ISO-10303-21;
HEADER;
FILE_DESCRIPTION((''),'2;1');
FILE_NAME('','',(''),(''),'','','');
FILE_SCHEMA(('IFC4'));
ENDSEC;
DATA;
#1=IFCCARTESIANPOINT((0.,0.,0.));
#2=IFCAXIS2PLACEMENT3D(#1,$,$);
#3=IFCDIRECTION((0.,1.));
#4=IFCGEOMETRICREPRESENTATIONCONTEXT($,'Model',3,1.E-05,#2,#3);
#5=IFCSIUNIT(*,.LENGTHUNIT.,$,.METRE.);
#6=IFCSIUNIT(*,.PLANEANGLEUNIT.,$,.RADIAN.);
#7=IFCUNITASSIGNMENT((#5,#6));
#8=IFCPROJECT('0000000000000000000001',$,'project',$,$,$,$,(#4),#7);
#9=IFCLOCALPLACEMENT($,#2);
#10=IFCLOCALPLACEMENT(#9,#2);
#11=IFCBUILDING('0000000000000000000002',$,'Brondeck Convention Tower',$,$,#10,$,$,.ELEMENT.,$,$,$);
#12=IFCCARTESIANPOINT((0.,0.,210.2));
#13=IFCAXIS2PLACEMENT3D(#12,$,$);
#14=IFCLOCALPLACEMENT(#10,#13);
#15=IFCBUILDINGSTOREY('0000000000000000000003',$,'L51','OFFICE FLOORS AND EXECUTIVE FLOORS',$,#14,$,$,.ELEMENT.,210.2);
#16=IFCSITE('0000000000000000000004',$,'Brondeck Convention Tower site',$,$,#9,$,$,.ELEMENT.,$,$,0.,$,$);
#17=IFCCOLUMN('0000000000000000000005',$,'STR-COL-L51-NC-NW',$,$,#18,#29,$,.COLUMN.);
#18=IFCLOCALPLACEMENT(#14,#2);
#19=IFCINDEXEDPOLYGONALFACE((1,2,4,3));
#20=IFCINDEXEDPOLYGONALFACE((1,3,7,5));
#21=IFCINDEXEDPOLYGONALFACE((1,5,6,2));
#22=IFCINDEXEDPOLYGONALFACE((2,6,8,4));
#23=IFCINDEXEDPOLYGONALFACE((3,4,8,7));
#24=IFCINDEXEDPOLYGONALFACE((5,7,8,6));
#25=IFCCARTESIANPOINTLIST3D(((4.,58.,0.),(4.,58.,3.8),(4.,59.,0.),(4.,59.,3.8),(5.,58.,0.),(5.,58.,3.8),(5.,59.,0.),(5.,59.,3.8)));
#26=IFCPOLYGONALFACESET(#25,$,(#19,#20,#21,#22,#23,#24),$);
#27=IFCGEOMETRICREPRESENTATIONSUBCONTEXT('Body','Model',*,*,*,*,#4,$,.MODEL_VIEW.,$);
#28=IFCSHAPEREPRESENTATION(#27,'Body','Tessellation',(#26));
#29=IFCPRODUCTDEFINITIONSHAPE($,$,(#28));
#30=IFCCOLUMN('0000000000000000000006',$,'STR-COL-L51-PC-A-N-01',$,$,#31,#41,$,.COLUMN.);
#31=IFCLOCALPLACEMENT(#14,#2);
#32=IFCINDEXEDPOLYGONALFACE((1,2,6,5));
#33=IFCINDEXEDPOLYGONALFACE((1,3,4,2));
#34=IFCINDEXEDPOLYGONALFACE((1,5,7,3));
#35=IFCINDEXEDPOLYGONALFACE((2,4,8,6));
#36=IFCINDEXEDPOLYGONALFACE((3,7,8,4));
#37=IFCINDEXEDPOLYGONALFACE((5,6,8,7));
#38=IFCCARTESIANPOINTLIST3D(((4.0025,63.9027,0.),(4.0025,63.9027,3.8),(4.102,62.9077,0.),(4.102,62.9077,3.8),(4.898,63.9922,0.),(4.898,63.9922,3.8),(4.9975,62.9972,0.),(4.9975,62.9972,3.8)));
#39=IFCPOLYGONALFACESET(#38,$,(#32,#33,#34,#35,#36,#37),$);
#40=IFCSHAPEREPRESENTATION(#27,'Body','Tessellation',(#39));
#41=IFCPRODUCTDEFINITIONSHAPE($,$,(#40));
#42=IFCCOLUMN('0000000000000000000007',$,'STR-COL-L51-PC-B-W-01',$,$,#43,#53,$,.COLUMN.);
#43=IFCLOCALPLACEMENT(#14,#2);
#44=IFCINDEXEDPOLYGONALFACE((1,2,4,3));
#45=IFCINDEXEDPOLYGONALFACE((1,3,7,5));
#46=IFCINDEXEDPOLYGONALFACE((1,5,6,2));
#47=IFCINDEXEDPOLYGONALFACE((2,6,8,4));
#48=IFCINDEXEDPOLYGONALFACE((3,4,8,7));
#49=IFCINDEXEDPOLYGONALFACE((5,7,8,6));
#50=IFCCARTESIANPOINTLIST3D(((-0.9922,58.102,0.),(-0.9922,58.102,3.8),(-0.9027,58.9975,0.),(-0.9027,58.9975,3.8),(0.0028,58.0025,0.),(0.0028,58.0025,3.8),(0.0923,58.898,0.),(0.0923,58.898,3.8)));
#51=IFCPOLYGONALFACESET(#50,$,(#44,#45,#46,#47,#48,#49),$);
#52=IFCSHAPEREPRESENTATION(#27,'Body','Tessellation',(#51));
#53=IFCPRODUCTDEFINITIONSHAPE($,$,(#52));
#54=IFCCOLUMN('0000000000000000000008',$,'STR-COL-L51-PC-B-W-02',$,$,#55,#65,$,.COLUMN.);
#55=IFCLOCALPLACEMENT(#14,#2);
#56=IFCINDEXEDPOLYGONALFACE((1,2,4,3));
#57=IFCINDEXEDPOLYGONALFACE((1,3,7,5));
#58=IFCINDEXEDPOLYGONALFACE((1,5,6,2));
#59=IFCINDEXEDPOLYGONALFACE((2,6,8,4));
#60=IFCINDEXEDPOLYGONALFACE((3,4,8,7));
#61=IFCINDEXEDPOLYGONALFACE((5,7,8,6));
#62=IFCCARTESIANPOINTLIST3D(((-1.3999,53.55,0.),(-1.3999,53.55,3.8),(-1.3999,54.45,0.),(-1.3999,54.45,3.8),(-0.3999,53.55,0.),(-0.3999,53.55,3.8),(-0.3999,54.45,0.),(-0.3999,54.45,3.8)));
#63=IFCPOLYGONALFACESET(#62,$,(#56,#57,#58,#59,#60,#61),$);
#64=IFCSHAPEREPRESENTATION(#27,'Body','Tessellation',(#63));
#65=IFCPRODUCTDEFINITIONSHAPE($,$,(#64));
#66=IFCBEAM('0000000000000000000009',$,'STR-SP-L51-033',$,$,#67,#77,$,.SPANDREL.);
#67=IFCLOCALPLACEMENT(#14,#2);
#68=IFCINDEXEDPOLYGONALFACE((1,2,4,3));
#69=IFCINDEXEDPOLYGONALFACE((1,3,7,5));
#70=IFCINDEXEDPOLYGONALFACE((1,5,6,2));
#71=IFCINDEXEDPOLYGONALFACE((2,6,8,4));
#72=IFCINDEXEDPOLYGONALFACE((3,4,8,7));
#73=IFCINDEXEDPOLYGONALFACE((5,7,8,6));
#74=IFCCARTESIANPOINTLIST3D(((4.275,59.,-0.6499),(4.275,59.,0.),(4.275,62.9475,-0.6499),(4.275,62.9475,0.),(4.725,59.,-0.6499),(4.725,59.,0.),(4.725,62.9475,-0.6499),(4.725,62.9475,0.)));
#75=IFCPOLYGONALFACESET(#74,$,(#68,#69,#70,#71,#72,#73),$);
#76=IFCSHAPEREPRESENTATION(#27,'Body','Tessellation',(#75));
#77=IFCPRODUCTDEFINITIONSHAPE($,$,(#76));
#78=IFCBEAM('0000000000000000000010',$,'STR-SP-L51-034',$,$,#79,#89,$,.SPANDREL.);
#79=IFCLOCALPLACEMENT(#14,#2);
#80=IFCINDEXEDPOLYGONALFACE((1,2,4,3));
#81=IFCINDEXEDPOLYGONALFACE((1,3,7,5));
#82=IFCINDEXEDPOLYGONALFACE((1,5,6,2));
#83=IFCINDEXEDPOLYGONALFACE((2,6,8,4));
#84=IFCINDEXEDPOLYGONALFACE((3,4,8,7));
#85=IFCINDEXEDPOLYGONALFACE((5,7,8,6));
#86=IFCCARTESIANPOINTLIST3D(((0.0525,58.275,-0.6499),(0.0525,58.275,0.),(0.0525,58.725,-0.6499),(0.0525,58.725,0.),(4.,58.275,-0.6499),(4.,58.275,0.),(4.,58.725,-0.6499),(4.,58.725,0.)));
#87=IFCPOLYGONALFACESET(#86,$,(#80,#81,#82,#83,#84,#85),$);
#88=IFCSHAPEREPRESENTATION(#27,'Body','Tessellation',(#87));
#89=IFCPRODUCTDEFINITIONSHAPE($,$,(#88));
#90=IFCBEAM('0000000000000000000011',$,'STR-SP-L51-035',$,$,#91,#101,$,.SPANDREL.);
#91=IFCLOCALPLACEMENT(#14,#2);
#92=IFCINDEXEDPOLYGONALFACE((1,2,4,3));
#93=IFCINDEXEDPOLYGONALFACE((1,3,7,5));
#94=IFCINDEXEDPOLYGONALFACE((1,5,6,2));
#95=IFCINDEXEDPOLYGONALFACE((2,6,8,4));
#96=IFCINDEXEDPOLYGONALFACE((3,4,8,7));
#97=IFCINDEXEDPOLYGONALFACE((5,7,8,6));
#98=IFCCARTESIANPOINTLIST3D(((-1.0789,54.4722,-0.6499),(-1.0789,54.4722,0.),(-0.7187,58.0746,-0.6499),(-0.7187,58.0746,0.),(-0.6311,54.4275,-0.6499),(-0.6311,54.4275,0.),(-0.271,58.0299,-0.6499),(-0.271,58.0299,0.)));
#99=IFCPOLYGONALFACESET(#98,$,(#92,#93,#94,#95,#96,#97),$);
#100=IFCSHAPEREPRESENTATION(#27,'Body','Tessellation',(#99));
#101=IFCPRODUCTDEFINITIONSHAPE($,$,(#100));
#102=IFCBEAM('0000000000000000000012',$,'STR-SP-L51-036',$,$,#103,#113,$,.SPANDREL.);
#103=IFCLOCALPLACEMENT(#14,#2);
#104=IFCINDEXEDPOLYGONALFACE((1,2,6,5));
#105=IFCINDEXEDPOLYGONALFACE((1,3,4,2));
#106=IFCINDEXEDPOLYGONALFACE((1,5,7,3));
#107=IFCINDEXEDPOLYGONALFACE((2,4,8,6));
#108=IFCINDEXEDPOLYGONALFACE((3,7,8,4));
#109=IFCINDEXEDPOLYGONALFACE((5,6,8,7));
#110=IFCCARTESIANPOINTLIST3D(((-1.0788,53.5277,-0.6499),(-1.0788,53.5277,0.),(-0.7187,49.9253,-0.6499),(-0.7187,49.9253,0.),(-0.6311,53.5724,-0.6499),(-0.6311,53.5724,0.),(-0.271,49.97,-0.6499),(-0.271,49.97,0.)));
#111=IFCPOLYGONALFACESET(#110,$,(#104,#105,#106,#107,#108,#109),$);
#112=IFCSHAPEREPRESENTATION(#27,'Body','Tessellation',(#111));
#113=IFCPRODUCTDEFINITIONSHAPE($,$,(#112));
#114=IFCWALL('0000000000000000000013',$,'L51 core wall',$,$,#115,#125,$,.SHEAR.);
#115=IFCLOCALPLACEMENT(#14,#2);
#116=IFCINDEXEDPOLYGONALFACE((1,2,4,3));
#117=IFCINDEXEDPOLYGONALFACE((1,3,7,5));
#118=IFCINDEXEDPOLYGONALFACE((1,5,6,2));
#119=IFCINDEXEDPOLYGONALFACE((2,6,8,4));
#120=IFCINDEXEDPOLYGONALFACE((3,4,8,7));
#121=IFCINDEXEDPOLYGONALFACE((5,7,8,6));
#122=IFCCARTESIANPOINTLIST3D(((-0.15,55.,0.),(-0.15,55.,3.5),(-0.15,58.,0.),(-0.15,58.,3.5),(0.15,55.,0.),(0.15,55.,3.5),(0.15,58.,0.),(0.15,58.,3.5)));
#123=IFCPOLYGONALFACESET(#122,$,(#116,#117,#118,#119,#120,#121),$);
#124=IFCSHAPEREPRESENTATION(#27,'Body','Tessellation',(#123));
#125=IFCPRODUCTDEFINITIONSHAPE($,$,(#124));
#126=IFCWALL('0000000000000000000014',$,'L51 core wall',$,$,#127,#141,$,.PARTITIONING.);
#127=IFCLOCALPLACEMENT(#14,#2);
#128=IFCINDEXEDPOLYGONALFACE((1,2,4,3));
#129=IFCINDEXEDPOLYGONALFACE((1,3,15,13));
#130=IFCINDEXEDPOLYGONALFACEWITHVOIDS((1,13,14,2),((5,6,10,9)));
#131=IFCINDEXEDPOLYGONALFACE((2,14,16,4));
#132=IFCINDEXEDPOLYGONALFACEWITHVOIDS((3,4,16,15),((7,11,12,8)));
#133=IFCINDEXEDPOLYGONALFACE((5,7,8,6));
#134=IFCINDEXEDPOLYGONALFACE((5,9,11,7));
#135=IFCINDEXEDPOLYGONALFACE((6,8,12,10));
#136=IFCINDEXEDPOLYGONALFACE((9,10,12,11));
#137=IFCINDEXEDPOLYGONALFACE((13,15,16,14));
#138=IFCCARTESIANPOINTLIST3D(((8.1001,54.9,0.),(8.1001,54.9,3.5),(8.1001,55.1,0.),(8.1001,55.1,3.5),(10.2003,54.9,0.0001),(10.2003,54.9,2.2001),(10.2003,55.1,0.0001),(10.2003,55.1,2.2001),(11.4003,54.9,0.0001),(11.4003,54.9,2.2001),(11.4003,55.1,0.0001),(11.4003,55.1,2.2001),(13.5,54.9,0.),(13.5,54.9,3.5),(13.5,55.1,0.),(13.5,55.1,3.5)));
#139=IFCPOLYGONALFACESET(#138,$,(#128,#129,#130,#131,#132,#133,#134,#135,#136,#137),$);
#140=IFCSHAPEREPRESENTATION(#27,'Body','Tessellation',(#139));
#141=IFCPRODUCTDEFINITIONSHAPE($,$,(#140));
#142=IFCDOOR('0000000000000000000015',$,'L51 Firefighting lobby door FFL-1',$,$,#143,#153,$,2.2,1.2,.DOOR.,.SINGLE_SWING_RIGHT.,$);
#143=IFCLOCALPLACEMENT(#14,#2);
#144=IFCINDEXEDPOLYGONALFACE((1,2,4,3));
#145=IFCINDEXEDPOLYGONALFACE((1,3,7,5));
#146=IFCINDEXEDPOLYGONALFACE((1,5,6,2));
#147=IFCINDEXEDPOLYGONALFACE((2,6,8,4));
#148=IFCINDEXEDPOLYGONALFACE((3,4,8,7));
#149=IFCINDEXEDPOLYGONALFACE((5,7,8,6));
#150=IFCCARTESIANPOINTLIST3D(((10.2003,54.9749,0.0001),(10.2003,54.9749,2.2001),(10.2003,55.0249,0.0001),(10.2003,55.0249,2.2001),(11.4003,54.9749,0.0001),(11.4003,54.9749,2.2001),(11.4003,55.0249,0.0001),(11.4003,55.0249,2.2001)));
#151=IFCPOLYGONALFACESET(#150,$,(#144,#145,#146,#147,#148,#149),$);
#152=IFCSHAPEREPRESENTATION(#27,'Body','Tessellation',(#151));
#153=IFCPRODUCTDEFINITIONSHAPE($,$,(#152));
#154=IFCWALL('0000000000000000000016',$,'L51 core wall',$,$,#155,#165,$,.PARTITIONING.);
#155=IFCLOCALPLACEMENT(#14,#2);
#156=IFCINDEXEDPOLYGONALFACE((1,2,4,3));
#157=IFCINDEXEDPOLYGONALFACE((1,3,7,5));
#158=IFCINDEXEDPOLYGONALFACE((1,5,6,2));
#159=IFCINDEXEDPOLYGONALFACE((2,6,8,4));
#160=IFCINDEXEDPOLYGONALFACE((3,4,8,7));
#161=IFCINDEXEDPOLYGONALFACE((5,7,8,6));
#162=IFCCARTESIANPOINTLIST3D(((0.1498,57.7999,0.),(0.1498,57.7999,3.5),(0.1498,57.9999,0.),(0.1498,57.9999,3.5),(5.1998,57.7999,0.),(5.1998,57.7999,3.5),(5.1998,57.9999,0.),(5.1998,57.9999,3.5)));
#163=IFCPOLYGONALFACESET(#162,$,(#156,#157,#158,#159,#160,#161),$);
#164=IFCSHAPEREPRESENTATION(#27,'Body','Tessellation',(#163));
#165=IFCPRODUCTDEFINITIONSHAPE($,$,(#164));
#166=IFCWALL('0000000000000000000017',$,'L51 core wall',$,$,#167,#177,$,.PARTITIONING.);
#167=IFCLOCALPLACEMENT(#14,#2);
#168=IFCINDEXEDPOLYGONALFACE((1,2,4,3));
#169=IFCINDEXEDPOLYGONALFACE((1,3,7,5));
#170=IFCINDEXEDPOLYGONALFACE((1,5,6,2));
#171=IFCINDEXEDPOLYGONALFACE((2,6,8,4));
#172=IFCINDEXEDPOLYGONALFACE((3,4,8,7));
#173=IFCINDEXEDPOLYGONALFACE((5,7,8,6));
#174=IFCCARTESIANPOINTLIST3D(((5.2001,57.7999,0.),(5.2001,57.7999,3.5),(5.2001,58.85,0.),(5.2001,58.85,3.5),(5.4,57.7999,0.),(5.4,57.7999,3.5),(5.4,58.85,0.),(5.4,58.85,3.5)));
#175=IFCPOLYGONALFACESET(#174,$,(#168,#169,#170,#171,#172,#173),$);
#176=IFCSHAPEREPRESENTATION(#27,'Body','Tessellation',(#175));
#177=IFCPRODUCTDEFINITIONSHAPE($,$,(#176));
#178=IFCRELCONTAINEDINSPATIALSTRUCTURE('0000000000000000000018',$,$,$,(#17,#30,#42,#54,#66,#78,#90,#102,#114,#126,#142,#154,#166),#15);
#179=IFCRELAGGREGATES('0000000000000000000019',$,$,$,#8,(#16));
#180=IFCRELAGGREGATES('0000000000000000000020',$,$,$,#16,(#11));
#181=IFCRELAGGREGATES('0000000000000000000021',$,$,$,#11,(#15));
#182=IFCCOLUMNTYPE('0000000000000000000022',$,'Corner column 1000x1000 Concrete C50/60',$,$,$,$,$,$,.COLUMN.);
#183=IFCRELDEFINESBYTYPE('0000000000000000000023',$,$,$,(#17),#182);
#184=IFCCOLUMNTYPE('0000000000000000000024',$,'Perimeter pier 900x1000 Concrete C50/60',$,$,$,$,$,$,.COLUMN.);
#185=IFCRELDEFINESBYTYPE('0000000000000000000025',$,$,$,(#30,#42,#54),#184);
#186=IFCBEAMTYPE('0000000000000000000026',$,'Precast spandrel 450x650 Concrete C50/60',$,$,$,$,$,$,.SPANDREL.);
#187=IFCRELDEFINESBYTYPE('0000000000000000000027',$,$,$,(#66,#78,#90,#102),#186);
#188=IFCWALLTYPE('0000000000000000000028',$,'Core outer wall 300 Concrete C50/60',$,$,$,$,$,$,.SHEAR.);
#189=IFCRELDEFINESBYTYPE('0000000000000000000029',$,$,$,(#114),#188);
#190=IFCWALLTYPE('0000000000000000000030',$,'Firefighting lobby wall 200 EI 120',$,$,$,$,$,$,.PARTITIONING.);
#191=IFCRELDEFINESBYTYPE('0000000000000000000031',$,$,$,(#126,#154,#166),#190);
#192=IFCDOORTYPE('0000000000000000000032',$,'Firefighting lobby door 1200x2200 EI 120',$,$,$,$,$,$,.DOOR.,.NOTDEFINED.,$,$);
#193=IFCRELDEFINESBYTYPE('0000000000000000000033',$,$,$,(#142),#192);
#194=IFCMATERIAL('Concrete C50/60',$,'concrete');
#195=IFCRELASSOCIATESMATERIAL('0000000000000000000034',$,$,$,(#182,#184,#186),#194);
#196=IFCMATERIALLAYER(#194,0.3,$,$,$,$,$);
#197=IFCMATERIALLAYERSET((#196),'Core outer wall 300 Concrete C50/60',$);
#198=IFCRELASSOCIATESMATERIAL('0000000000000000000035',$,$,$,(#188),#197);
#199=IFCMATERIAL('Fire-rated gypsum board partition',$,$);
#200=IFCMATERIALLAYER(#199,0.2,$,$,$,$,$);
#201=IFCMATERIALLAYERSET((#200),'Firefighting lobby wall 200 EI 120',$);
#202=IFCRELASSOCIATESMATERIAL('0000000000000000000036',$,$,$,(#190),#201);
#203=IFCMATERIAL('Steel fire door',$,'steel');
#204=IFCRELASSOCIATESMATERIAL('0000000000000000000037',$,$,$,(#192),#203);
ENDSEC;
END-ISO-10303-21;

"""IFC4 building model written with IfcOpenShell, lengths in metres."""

from ifc_helpers import new_model, si_unit, direction, frame, frame_2d, origin, origin_2d, place, context, subcontext, project, spatial, rectangle, extrude, material, layer, layer_set, material_profile, profile_set, type_object, element, fill, save


model = new_model("IFC4")

# Units and contexts
model_context = context("Model", 3, precision=1e-05, world=origin(), true_north=direction((0.0, 1.0)))
body_context = subcontext(model_context, "Body", "Model", "MODEL_VIEW")
ifc_project = project(units=[si_unit("LENGTHUNIT", "METRE"), si_unit("PLANEANGLEUNIT", "RADIAN")], contexts=[model_context])

# Site, building, storey
site_placement = place(None, origin())
site = spatial("IfcSite", under=ifc_project, at=site_placement, Name="Brondeck Convention Tower site", CompositionType="ELEMENT", RefElevation=0.0)
building_placement = place(site_placement, origin())
building = spatial("IfcBuilding", under=site, at=building_placement, Name="Brondeck Convention Tower", CompositionType="ELEMENT")
storey_placement = place(building_placement, frame((0.0, 0.0, 210.2)))
storey = spatial("IfcBuildingStorey", under=building, at=storey_placement, Name="L51", Description="OFFICE FLOORS AND EXECUTIVE FLOORS", CompositionType="ELEMENT", Elevation=210.2)

# Columns
ifc_material_1 = material(Name="Concrete C50/60", Category="concrete")
ifc_material_profile_1 = material_profile(ifc_material_1, rectangle(XDim=1.0, YDim=1.0, at=origin_2d()), Name="Corner column 1000x1000 Concrete C50/60")
ifc_profile_set_1 = profile_set([ifc_material_profile_1], Name="Concrete C50/60")
column_type_1 = type_object("IfcColumnType", Name="Corner column 1000x1000 Concrete C50/60", PredefinedType="COLUMN", material=ifc_profile_set_1)
column_placement = place(storey_placement, frame((4.5, 58.5, 0.0), z_axis=(0.0, 0.0, 1.0), x_axis=(1.0, 0.0, 0.0)))
element("IfcColumn", 1, at=column_placement, inside=storey, type_object=column_type_1, Name="STR-COL-L51-NC-NW", PredefinedType="COLUMN", context=body_context, shape_type="SweptSolid", body=[
    extrude(rectangle(XDim=1.0, YDim=1.0, at=origin_2d()), origin(), (0.0, 0.0, 1.0), 3.8),
])
ifc_material_profile_2 = material_profile(ifc_material_1, rectangle(XDim=0.8999, YDim=1.0, at=origin_2d()), Name="Perimeter pier 900x1000 Concrete C50/60")
ifc_profile_set_2 = profile_set([ifc_material_profile_2], Name="Concrete C50/60")
column_type_2 = type_object("IfcColumnType", Name="Perimeter pier 900x1000 Concrete C50/60", PredefinedType="COLUMN", material=ifc_profile_set_2)
for number, where, z_axis, x_axis, name in (
    (2, (4.5, 63.45, 0.0), (0.0, 0.0, 1.0), (-0.995037, -0.099504, 0.0), "STR-COL-L51-PC-A-N-01"),
    (3, (-0.45, 58.5, 0.0), (0.0, 0.0, 1.0), (-0.099504, -0.995037, 0.0), "STR-COL-L51-PC-B-W-01"),
    (4, (-0.8999, 54.0, 0.0), (0.0, 0.0, 1.0), (0.0, -1.0, 0.0), "STR-COL-L51-PC-B-W-02"),
):
    element("IfcColumn", number, at=place(storey_placement, frame(where, z_axis=z_axis, x_axis=x_axis)), inside=storey, type_object=column_type_2, Name=name, PredefinedType="COLUMN", context=body_context, shape_type="SweptSolid", body=[
        extrude(rectangle(XDim=0.8999, YDim=1.0, at=origin_2d()), origin(), (0.0, 0.0, 1.0), 3.8),
    ])

# Beams
ifc_material_profile_3 = material_profile(ifc_material_1, rectangle(XDim=0.45, YDim=0.6499, at=origin_2d()), Name="Precast spandrel 450x650 Concrete C50/60")
ifc_profile_set_3 = profile_set([ifc_material_profile_3], Name="Concrete C50/60")
beam_type = type_object("IfcBeamType", Name="Precast spandrel 450x650 Concrete C50/60", PredefinedType="SPANDREL", material=ifc_profile_set_3)
for number, where, z_axis, x_axis, name in (
    (5, (4.5, 62.9475, -0.325), (0.0, -1.0, 0.0), (1.0, 0.0, 0.0), "STR-SP-L51-033"),
    (6, (4.0, 58.5, -0.325), (-1.0, 0.0, 0.0), (0.0, -1.0, 0.0), "STR-SP-L51-034"),
):
    element("IfcBeam", number, at=place(storey_placement, frame(where, z_axis=z_axis, x_axis=x_axis)), inside=storey, type_object=beam_type, Name=name, PredefinedType="SPANDREL", context=body_context, shape_type="SweptSolid", body=[
        extrude(rectangle(XDim=0.45, YDim=0.6499, at=origin_2d()), origin(), (0.0, 0.0, 1.0), 3.9475),
    ])
for number, where, z_axis, x_axis, name in (
    (7, (-0.4949, 58.0522, -0.325), (-0.09947, -0.995041, 0.0), (0.995041, -0.09947, 0.0), "STR-SP-L51-035"),
    (8, (-0.855, 53.55, -0.325), (0.09947, -0.995041, 0.0), (0.995041, 0.09947, 0.0), "STR-SP-L51-036"),
):
    element("IfcBeam", number, at=place(storey_placement, frame(where, z_axis=z_axis, x_axis=x_axis)), inside=storey, type_object=beam_type, Name=name, PredefinedType="SPANDREL", context=body_context, shape_type="SweptSolid", body=[
        extrude(rectangle(XDim=0.45, YDim=0.6499, at=origin_2d()), origin(), (0.0, 0.0, 1.0), 3.6204),
    ])

# Wall
ifc_layer_1 = layer(ifc_material_1, 0.3)
ifc_layer_set_1 = layer_set([ifc_layer_1], Name="Core outer wall 300 Concrete C50/60")
wall_type_1 = type_object("IfcWallType", Name="Core outer wall 300 Concrete C50/60", PredefinedType="SHEAR", material=ifc_layer_set_1)
wall_1_placement = place(storey_placement, frame((0.0, 55.0, 0.0), z_axis=(0.0, 0.0, 1.0), x_axis=(0.0, 1.0, 0.0)))
element("IfcWall", 9, at=wall_1_placement, inside=storey, type_object=wall_type_1, Name="L51 core wall", PredefinedType="SHEAR", context=body_context, shape_type="SweptSolid", body=[
    extrude(rectangle(XDim=3.0, YDim=0.3, at=frame_2d((1.5, 0.0))), origin(), (0.0, 0.0, 1.0), 3.5),
])

# Wall, opening, door
ifc_material_2 = material(Name="Fire-rated gypsum board partition")
ifc_layer_2 = layer(ifc_material_2, 0.2)
ifc_layer_set_2 = layer_set([ifc_layer_2], Name="Firefighting lobby wall 200 EI 120")
wall_type_2 = type_object("IfcWallType", Name="Firefighting lobby wall 200 EI 120", PredefinedType="PARTITIONING", material=ifc_layer_set_2)
wall_2_placement = place(storey_placement, frame((8.1001, 55.0, 0.0), z_axis=(0.0, 0.0, 1.0), x_axis=(1.0, 0.0, 0.0)))
wall_2 = element("IfcWall", 10, at=wall_2_placement, inside=storey, type_object=wall_type_2, Name="L51 core wall", PredefinedType="PARTITIONING", context=body_context, shape_type="SweptSolid", body=[
    extrude(rectangle(XDim=5.3999, YDim=0.2, at=frame_2d((2.7, 0.0))), origin(), (0.0, 0.0, 1.0), 3.5),
])
opening_1_placement = place(wall_2_placement, frame((2.1001, 0.0, 0.0)))
opening_1 = element("IfcOpeningElement", 11, at=opening_1_placement, cuts=wall_2, PredefinedType="OPENING", context=body_context, shape_type="SweptSolid", body=[
    extrude(rectangle(XDim=1.2, YDim=2.2, at=frame_2d((0.6001, 1.1001))), frame((0.0, 0.1099, 0.0), z_axis=(0.0, -1.0, 0.0), x_axis=(1.0, 0.0, 0.0)), (0.0, 0.0, 1.0), 0.22),
])
ifc_material_3 = material(Name="Steel fire door", Category="steel")
door_type_1 = type_object("IfcDoorType", Name="Firefighting lobby door 1200x2200 EI 120", OperationType="NOTDEFINED", PredefinedType="DOOR", material=ifc_material_3)
door_1_placement = place(opening_1_placement, origin())
door_1 = element("IfcDoor", 12, at=door_1_placement, inside=storey, type_object=door_type_1, Name="L51 Firefighting lobby door FFL-1", OperationType="SINGLE_SWING_RIGHT", OverallHeight=2.2, OverallWidth=1.2, PredefinedType="DOOR", context=body_context, shape_type="SweptSolid", body=[
    extrude(rectangle(XDim=1.2, YDim=2.2, at=frame_2d((0.6001, 1.1001))), frame((0.0, 0.0249, 0.0), z_axis=(0.0, -1.0, 0.0), x_axis=(1.0, 0.0, 0.0)), (0.0, 0.0, 1.0), 0.05),
])
fill(opening_1, door_1)

# Walls
wall_3_placement = place(storey_placement, frame((0.1499, 57.8999, 0.0), z_axis=(0.0, 0.0, 1.0), x_axis=(1.0, 0.0, 0.0)))
element("IfcWall", 13, at=wall_3_placement, inside=storey, type_object=wall_type_2, Name="L51 core wall", PredefinedType="PARTITIONING", context=body_context, shape_type="SweptSolid", body=[
    extrude(rectangle(XDim=5.05, YDim=0.2, at=frame_2d((2.5249, 0.0))), origin(), (0.0, 0.0, 1.0), 3.5),
])
wall_4_placement = place(storey_placement, frame((5.3, 57.8, 0.0), z_axis=(0.0, 0.0, 1.0), x_axis=(0.0, 1.0, 0.0)))
element("IfcWall", 14, at=wall_4_placement, inside=storey, type_object=wall_type_2, Name="L51 core wall", PredefinedType="PARTITIONING", context=body_context, shape_type="SweptSolid", body=[
    extrude(rectangle(XDim=1.05, YDim=0.2, at=frame_2d((0.5249, 0.0))), origin(), (0.0, 0.0, 1.0), 3.5),
])

save(model, "model.ifc")
